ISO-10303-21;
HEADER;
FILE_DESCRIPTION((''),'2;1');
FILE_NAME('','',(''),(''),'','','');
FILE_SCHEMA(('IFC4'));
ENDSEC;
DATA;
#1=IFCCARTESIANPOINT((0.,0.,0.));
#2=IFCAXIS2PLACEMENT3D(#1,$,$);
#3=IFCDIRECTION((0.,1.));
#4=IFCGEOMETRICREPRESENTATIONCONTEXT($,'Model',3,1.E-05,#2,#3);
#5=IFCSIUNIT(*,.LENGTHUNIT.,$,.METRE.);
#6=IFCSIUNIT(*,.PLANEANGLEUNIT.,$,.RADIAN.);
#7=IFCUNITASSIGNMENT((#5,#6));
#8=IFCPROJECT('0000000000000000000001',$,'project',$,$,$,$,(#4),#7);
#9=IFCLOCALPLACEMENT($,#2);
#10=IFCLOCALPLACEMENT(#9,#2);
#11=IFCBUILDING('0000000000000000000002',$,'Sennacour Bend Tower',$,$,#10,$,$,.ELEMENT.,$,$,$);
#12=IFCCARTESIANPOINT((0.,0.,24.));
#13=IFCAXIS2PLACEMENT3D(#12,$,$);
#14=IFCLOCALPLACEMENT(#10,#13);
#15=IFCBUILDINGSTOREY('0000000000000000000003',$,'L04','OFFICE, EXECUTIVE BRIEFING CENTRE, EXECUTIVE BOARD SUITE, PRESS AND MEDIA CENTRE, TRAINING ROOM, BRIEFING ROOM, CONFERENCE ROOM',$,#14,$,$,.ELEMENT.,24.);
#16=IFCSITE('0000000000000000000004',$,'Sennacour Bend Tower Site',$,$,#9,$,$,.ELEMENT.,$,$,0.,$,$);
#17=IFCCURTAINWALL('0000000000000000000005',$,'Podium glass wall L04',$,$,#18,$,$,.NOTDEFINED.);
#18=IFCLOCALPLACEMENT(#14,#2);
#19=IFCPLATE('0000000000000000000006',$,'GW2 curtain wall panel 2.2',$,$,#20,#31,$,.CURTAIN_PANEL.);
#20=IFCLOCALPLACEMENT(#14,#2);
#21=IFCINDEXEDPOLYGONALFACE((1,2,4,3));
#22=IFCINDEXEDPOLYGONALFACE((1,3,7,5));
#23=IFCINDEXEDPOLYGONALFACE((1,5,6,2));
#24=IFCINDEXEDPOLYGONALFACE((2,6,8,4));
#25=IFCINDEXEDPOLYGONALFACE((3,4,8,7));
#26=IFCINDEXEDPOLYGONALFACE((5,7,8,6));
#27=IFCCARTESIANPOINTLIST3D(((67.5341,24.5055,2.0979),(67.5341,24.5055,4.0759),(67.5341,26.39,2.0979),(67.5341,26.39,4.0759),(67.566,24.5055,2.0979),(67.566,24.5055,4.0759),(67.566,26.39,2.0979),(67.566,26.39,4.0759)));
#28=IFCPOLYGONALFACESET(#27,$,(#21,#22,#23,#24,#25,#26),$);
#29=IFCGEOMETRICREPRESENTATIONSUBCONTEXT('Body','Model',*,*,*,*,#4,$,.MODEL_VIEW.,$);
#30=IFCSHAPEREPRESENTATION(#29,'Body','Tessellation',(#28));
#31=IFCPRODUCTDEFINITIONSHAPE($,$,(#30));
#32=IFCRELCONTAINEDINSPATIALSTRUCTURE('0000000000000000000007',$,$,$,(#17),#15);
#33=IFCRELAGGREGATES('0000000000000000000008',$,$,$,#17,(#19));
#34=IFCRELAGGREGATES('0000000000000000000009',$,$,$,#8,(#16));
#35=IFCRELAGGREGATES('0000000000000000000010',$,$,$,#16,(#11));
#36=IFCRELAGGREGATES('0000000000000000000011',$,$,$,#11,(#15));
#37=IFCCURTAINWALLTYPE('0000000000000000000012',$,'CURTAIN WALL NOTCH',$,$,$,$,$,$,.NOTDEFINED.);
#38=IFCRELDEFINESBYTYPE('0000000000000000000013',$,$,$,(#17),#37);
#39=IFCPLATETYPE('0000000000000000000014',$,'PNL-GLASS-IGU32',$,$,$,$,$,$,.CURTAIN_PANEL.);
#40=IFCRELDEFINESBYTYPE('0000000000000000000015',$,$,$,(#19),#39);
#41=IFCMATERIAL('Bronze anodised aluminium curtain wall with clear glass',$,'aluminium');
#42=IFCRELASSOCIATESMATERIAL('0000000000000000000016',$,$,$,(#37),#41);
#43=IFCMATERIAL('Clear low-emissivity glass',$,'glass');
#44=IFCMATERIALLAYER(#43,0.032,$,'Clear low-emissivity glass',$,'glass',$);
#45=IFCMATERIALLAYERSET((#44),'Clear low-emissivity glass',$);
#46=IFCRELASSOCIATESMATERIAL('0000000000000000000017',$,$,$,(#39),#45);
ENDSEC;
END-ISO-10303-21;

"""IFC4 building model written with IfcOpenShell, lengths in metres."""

from ifc_helpers import new_model, si_unit, direction, frame, origin, origin_2d, place, context, subcontext, project, spatial, rectangle, extrude, material, layer, layer_set, type_object, element, aggregate, save


model = new_model("IFC4")

# Units and contexts
model_context = context("Model", 3, precision=1e-05, world=origin(), true_north=direction((0.0, 1.0)))
body_context = subcontext(model_context, "Body", "Model", "MODEL_VIEW")
ifc_project = project(units=[si_unit("LENGTHUNIT", "METRE"), si_unit("PLANEANGLEUNIT", "RADIAN")], contexts=[model_context])

# Site, building, storey
site_placement = place(None, origin())
site = spatial("IfcSite", under=ifc_project, at=site_placement, Name="Sennacour Bend Tower Site", CompositionType="ELEMENT", RefElevation=0.0)
building_placement = place(site_placement, origin())
building = spatial("IfcBuilding", under=site, at=building_placement, Name="Sennacour Bend Tower", CompositionType="ELEMENT")
storey_placement = place(building_placement, frame((0.0, 0.0, 24.0)))
storey = spatial("IfcBuildingStorey", under=building, at=storey_placement, Name="L04", Description="OFFICE, EXECUTIVE BRIEFING CENTRE, EXECUTIVE BOARD SUITE, PRESS AND MEDIA CENTRE, TRAINING ROOM, BRIEFING ROOM, CONFERENCE ROOM", CompositionType="ELEMENT", Elevation=24.0)

# Curtain wall
ifc_material_1 = material(Name="Bronze anodised aluminium curtain wall with clear glass", Category="aluminium")
curtain_wall_type = type_object("IfcCurtainWallType", Name="CURTAIN WALL NOTCH", PredefinedType="NOTDEFINED", material=ifc_material_1)
curtain_wall_1_placement = place(storey_placement, origin())
curtain_wall_1 = element("IfcCurtainWall", 1, at=curtain_wall_1_placement, inside=storey, type_object=curtain_wall_type, Name="Podium glass wall L04", PredefinedType="NOTDEFINED")

# Plate
ifc_material_2 = material(Name="Clear low-emissivity glass", Category="glass")
ifc_layer = layer(ifc_material_2, 0.032, Name="Clear low-emissivity glass", Category="glass")
ifc_layer_set = layer_set([ifc_layer], Name="Clear low-emissivity glass")
plate_type = type_object("IfcPlateType", Name="PNL-GLASS-IGU32", PredefinedType="CURTAIN_PANEL", material=ifc_layer_set)
plate_1_placement = place(storey_placement, frame((67.55, 25.4478, 2.0979), z_axis=(0.0, 0.0, 1.0), x_axis=(0.0, 1.0, 0.0)))
plate_1 = element("IfcPlate", 2, at=plate_1_placement, type_object=plate_type, Name="GW2 curtain wall panel 2.2", PredefinedType="CURTAIN_PANEL", context=body_context, shape_type="SweptSolid", body=[
    extrude(rectangle(XDim=1.8845, YDim=0.032, at=origin_2d()), origin(), (0.0, 0.0, 1.0), 1.978),
])
aggregate(curtain_wall_1, [plate_1])

save(model, "model.ifc")
